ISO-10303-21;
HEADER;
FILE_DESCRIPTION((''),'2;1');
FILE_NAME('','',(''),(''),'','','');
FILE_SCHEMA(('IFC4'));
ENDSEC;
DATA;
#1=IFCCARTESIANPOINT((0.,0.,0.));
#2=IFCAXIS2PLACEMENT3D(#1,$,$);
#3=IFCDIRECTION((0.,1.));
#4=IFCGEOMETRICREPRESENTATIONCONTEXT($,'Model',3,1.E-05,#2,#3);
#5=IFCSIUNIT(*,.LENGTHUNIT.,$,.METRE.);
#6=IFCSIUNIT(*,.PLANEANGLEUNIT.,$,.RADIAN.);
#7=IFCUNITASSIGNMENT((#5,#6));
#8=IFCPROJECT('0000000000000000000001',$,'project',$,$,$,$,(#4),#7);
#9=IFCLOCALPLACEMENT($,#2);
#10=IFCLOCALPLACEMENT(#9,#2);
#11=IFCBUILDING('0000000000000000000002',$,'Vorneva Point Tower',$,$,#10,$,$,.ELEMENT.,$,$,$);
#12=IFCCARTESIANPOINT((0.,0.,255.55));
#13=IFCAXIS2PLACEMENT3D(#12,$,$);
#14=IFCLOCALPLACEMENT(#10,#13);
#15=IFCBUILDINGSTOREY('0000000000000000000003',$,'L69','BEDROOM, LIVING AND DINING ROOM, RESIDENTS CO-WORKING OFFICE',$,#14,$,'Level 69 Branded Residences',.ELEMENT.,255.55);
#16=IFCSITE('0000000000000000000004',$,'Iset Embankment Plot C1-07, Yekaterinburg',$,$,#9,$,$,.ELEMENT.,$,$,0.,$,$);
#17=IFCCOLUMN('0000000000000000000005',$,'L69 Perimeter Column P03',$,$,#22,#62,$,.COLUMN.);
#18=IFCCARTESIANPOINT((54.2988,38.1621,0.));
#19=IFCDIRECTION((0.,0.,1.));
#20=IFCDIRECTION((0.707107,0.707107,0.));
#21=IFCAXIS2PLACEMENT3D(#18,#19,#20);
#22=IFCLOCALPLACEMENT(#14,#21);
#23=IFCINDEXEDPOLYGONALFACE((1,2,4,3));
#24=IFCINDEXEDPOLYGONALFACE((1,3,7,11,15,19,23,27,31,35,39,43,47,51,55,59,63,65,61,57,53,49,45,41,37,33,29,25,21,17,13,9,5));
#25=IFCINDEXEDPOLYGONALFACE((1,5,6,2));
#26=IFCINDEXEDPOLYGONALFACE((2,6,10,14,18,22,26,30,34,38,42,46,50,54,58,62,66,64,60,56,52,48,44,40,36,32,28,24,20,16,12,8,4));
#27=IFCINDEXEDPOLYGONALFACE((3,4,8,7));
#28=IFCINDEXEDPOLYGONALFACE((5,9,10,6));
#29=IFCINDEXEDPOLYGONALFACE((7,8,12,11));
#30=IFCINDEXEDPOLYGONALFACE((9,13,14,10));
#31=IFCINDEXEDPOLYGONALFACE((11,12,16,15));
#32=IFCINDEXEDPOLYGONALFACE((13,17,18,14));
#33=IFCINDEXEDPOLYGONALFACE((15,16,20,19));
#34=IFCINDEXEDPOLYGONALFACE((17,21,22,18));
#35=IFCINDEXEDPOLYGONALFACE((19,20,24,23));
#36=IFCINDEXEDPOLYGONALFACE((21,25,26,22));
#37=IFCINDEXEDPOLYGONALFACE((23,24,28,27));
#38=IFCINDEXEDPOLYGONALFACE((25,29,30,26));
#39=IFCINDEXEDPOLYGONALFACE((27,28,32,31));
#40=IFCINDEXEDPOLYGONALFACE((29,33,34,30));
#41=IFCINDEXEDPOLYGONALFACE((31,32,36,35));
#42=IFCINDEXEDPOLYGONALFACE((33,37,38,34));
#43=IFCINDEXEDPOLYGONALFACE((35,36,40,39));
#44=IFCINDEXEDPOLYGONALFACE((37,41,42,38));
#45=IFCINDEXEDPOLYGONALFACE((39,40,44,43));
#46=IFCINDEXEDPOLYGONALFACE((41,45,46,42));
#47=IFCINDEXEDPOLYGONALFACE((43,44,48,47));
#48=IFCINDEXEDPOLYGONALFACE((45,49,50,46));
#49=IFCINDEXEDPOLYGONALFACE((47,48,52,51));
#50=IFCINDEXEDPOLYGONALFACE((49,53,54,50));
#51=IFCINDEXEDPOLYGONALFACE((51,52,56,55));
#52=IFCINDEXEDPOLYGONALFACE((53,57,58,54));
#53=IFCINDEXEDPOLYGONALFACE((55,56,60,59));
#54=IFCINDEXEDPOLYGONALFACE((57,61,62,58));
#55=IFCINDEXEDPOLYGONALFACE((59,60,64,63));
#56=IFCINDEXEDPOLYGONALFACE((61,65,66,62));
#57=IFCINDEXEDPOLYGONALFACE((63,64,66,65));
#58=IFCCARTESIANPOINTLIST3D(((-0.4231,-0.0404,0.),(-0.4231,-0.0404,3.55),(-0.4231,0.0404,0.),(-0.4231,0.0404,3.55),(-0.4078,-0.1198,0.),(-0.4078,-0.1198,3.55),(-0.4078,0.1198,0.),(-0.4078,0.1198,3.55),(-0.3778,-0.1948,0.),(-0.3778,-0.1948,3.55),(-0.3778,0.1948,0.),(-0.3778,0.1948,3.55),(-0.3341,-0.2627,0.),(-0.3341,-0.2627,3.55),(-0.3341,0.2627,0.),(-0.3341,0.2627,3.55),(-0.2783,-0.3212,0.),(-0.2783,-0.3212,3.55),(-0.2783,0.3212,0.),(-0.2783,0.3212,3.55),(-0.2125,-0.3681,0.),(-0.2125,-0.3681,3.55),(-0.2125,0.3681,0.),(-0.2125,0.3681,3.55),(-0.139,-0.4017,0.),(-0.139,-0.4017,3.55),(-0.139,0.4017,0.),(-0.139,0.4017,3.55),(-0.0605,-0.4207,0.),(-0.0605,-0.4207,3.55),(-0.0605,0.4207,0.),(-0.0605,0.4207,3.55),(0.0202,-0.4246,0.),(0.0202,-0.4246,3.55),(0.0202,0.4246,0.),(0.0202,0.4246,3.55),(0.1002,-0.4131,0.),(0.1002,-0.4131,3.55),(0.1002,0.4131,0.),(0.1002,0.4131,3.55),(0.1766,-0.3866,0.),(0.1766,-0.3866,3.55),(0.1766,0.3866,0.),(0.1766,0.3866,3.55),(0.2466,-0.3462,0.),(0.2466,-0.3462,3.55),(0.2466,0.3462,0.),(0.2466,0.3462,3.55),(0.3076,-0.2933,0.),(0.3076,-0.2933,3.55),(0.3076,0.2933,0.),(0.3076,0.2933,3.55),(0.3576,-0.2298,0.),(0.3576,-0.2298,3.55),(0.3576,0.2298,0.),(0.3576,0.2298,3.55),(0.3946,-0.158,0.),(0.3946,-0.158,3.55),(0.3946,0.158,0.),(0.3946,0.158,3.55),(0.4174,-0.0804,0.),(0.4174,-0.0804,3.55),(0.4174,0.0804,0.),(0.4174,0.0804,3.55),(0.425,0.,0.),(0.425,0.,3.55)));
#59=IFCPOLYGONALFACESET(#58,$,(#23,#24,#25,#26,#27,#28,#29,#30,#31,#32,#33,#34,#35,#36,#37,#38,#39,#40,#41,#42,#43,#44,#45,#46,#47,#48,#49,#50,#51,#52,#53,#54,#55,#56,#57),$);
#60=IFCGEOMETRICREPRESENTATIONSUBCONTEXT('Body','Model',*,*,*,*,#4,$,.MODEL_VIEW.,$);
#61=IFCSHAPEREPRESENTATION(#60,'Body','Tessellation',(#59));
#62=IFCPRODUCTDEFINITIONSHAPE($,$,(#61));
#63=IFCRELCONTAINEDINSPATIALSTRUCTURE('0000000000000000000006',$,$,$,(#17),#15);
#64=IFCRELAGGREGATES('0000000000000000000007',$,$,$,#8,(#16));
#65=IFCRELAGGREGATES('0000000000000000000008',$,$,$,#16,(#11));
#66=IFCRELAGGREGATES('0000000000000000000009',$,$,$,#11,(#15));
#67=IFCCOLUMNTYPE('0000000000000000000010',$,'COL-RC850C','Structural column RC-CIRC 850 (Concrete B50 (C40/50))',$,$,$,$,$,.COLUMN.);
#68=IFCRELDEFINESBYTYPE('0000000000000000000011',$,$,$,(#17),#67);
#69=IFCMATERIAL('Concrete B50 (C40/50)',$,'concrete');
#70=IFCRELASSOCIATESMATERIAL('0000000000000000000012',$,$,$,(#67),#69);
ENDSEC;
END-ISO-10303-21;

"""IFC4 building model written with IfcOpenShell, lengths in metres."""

from ifc_helpers import new_model, si_unit, direction, frame, origin, origin_2d, place, context, subcontext, project, spatial, circle, extrude, material, material_profile, profile_set, type_object, element, save


model = new_model("IFC4")

# Units and contexts
model_context = context("Model", 3, precision=1e-05, world=origin(), true_north=direction((0.0, 1.0)))
body_context = subcontext(model_context, "Body", "Model", "MODEL_VIEW")
ifc_project = project(units=[si_unit("LENGTHUNIT", "METRE"), si_unit("PLANEANGLEUNIT", "RADIAN")], contexts=[model_context])

# Site, building, storey
site_placement = place(None, origin())
site = spatial("IfcSite", under=ifc_project, at=site_placement, Name="Iset Embankment Plot C1-07, Yekaterinburg", CompositionType="ELEMENT", RefElevation=0.0)
building_placement = place(site_placement, origin())
building = spatial("IfcBuilding", under=site, at=building_placement, Name="Vorneva Point Tower", CompositionType="ELEMENT")
storey_placement = place(building_placement, frame((0.0, 0.0, 255.55)))
storey = spatial("IfcBuildingStorey", under=building, at=storey_placement, Name="L69", Description="BEDROOM, LIVING AND DINING ROOM, RESIDENTS CO-WORKING OFFICE", LongName="Level 69 Branded Residences", CompositionType="ELEMENT", Elevation=255.55)

# Column
ifc_material_1 = material(Name="Concrete B50 (C40/50)", Category="concrete")
ifc_material_profile_1 = material_profile(ifc_material_1, circle(Radius=0.425, at=origin_2d()), Name="RC-CIRC 850")
ifc_profile_set_1 = profile_set([ifc_material_profile_1], Name="Concrete B50 (C40/50)")
column_type_1 = type_object("IfcColumnType", Name="COL-RC850C", Description="Structural column RC-CIRC 850 (Concrete B50 (C40/50))", PredefinedType="COLUMN", material=ifc_profile_set_1)
column_1_placement = place(storey_placement, frame((54.2988, 38.1621, 0.0), z_axis=(0.0, 0.0, 1.0), x_axis=(0.707107, 0.707107, 0.0)))
element("IfcColumn", 1, at=column_1_placement, inside=storey, type_object=column_type_1, Name="L69 Perimeter Column P03", PredefinedType="COLUMN", context=body_context, shape_type="SweptSolid", body=[
    extrude(circle(Radius=0.425, at=origin_2d()), origin(), (0.0, 0.0, 1.0), 3.55),
])

save(model, "model.ifc")
